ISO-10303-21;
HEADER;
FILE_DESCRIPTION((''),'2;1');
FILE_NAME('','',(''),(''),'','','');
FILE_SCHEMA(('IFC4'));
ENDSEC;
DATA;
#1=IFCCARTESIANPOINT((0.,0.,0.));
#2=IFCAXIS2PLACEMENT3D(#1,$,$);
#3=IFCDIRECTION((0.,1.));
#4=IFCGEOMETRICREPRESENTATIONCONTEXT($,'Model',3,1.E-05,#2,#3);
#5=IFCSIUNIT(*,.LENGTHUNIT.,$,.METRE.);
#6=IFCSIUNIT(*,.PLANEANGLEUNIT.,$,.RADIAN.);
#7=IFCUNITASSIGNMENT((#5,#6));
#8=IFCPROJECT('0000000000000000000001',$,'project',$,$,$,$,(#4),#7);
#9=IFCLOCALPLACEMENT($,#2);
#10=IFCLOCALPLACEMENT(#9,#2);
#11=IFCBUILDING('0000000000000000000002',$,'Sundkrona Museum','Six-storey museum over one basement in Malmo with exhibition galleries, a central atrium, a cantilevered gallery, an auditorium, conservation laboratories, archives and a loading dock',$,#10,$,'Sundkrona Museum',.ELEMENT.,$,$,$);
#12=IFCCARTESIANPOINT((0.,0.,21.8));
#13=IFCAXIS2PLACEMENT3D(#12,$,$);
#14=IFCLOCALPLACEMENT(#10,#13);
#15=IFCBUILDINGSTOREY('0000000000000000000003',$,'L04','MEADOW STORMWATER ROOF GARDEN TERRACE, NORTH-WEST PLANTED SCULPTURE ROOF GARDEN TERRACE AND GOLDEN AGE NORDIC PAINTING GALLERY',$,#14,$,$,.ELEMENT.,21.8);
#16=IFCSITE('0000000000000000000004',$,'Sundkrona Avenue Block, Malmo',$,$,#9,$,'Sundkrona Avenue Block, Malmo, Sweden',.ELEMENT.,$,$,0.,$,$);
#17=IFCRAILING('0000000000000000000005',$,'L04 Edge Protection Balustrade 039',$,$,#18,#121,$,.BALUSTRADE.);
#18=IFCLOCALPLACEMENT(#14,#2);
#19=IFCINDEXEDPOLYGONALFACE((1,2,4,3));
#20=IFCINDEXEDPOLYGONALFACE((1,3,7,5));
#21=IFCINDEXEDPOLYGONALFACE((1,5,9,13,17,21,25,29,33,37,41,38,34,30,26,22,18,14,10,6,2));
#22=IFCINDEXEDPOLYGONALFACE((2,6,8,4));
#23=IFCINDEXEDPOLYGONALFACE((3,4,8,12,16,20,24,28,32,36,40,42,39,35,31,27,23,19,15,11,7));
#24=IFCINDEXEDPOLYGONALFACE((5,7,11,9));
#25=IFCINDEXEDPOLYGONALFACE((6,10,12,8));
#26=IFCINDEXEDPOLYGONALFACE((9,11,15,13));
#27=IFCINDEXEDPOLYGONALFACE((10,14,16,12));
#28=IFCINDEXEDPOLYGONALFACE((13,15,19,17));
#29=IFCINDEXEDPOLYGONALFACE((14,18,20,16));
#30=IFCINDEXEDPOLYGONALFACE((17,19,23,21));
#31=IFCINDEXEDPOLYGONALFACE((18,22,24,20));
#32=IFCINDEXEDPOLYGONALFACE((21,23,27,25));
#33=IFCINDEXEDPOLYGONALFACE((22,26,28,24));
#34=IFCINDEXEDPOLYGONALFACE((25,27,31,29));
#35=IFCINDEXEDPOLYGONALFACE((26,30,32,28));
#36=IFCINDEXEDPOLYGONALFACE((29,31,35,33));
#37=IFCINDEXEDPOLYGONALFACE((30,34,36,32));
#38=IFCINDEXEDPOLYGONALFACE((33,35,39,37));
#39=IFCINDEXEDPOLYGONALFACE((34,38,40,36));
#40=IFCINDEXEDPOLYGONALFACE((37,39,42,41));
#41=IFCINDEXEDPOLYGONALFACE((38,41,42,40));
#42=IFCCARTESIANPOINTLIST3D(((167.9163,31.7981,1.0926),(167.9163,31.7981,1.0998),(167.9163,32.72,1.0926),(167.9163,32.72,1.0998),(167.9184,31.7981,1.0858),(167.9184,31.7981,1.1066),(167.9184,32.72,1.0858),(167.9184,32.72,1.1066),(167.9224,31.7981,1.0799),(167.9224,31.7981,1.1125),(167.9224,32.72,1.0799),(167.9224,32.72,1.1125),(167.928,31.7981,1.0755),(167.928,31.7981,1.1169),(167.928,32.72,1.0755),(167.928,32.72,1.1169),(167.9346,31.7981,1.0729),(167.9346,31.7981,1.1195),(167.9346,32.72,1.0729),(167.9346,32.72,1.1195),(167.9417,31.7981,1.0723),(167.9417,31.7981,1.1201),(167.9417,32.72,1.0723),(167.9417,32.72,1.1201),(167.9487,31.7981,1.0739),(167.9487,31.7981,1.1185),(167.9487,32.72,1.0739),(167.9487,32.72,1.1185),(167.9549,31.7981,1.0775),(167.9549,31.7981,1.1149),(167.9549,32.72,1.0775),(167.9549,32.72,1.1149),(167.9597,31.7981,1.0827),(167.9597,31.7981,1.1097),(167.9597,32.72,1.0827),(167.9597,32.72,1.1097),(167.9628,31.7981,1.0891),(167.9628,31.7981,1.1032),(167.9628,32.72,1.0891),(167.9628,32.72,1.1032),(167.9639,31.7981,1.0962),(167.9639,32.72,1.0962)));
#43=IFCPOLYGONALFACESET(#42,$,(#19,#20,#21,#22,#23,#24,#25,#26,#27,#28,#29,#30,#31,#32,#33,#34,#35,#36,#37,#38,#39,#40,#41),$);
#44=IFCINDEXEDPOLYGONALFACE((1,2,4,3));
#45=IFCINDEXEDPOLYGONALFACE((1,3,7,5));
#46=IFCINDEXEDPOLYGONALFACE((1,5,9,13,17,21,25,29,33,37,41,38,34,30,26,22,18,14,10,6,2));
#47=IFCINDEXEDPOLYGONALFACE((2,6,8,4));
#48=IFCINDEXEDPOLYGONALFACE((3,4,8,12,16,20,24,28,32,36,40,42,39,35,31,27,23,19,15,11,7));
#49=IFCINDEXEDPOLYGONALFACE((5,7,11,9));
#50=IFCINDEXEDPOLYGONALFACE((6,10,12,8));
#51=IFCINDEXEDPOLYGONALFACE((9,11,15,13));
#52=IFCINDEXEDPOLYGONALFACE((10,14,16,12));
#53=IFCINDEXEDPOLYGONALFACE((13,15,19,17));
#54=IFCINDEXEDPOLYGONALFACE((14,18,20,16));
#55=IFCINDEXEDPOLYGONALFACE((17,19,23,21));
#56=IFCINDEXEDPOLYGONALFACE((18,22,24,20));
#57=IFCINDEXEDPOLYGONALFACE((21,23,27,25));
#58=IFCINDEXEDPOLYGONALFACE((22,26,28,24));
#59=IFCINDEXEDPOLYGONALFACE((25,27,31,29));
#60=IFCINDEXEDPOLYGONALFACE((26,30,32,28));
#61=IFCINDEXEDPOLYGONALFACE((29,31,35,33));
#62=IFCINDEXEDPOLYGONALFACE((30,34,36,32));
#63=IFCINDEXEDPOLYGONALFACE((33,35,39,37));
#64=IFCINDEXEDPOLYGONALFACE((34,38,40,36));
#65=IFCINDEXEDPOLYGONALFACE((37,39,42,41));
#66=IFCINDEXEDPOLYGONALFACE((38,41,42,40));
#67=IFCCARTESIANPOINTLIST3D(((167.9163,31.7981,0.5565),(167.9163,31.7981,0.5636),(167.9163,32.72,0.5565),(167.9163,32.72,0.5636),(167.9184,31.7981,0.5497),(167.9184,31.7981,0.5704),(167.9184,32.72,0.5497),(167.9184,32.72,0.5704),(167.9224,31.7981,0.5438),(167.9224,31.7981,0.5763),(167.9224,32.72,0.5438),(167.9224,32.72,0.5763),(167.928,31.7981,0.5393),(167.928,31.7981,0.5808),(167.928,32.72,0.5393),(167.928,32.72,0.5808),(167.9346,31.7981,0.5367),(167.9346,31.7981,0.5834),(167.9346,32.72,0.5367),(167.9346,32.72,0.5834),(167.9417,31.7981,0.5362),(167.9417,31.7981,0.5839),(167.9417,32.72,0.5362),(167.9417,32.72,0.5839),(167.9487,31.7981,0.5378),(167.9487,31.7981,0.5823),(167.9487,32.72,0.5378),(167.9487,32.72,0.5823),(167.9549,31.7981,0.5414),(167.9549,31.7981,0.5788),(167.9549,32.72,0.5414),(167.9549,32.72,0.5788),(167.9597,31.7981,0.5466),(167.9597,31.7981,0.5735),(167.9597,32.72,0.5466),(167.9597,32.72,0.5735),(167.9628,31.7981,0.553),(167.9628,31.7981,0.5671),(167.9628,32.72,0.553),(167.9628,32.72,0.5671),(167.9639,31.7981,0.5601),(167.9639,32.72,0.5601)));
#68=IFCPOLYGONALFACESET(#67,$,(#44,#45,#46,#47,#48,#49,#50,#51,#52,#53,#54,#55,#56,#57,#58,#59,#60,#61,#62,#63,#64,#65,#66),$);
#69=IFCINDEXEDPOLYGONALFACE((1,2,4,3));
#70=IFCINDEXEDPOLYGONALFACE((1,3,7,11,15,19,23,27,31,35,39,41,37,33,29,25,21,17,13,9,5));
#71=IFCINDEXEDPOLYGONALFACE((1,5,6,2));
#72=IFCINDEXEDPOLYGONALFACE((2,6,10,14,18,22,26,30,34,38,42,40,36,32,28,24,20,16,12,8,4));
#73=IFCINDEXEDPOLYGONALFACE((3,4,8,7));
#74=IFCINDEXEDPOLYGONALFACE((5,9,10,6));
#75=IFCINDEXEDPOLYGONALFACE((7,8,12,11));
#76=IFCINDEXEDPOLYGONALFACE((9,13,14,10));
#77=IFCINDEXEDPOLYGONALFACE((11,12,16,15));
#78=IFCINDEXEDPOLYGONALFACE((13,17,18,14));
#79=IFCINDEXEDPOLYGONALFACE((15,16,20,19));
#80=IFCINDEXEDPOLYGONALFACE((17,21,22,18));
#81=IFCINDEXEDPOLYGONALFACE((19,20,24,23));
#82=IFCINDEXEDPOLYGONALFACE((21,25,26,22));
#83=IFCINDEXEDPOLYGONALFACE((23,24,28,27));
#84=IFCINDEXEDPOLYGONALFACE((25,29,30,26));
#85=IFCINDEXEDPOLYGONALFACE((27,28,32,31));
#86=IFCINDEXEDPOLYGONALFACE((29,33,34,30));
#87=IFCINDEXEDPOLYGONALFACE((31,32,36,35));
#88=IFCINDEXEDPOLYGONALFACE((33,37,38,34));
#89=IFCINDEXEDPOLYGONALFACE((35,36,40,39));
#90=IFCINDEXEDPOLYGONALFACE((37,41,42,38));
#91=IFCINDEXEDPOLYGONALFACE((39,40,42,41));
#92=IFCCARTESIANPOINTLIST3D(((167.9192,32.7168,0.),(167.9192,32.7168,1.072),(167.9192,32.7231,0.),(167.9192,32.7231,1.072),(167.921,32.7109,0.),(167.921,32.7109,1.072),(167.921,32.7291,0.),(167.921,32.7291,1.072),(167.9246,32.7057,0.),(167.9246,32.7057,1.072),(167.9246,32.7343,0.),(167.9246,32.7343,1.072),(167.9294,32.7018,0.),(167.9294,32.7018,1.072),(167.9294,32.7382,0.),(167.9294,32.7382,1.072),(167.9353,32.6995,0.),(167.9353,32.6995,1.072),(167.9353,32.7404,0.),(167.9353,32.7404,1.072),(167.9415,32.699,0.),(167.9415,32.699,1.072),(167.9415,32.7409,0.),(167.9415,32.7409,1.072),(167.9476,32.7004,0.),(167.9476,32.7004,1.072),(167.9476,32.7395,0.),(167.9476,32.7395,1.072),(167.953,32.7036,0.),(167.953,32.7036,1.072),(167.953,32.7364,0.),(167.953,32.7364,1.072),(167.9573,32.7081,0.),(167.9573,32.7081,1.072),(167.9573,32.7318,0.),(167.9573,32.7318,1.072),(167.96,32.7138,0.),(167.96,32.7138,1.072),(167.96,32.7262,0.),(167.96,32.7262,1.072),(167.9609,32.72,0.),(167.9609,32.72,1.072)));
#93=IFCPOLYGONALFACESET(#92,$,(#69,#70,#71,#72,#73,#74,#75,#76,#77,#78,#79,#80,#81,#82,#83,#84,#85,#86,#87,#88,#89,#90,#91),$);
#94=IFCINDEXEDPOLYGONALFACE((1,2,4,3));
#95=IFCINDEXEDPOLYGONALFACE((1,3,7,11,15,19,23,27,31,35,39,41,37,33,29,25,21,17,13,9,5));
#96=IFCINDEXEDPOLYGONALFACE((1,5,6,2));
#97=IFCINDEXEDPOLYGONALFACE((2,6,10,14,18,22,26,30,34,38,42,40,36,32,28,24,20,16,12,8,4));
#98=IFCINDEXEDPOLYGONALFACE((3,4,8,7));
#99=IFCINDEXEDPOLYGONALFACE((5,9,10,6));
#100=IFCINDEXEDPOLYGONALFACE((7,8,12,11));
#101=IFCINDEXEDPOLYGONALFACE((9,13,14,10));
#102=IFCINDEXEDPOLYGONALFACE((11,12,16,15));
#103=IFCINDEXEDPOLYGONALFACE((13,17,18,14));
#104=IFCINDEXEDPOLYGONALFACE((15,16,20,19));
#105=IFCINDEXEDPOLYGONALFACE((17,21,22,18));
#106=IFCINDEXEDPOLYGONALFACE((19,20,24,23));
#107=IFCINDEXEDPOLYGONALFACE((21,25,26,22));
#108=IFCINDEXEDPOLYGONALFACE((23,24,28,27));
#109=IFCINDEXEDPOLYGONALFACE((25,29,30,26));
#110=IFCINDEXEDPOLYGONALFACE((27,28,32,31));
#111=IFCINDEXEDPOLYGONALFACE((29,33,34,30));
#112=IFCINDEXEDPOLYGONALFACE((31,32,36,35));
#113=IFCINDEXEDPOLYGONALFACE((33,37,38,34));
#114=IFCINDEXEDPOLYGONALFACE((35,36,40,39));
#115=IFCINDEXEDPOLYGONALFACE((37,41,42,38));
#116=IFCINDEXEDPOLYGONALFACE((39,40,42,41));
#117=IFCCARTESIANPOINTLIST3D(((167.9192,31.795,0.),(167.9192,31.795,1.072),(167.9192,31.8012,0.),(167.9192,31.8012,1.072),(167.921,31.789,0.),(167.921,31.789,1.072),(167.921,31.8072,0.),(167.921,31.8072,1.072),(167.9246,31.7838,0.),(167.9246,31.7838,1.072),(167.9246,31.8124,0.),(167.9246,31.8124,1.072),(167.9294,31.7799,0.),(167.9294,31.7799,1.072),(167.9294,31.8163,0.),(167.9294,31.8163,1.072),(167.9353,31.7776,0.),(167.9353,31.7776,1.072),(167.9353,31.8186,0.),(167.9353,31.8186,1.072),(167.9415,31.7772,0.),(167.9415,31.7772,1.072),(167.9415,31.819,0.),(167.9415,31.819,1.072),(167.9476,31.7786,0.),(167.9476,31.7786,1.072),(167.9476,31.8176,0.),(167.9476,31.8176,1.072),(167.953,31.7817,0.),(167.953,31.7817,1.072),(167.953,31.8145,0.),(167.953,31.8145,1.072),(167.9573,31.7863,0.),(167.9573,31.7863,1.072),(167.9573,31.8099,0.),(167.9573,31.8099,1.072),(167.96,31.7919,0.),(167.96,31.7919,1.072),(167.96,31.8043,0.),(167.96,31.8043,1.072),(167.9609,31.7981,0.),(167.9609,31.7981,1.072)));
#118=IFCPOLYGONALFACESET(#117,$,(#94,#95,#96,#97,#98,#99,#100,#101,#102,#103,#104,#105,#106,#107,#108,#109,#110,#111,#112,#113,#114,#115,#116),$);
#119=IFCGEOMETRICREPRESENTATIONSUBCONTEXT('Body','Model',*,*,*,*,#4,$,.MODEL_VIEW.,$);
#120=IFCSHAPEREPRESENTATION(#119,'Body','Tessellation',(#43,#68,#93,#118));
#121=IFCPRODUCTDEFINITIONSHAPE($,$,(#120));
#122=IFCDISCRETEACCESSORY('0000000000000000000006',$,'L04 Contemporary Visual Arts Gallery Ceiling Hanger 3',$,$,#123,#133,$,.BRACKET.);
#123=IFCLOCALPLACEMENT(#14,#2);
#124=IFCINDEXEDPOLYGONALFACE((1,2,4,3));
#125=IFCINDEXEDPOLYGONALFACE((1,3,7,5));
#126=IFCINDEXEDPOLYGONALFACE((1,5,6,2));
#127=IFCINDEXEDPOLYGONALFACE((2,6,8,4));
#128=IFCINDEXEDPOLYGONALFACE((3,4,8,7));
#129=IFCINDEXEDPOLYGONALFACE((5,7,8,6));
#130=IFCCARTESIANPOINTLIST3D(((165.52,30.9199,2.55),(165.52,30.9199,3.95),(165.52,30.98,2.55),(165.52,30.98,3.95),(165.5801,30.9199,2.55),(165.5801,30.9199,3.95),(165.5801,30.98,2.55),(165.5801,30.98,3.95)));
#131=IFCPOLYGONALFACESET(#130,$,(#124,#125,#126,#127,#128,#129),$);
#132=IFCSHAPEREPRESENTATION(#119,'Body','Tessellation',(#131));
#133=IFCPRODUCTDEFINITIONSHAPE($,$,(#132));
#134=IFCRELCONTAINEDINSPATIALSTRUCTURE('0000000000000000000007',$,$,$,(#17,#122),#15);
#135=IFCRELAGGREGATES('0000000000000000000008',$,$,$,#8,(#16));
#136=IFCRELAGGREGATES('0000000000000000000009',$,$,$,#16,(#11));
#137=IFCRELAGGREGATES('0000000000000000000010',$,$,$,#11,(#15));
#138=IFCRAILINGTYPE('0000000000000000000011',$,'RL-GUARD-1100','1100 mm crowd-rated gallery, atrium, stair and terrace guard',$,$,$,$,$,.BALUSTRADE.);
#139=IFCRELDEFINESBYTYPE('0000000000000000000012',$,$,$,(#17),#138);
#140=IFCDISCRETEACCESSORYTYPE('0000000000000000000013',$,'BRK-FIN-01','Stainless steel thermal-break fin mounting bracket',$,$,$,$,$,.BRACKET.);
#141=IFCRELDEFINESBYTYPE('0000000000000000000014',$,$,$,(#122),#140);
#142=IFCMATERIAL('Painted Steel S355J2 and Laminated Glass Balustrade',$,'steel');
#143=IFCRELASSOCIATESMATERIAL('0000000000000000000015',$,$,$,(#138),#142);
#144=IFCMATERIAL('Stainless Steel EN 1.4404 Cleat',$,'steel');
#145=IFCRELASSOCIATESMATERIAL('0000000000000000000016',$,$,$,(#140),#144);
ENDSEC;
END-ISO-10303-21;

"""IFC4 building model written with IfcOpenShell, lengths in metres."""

from ifc_helpers import new_model, si_unit, direction, frame, origin, origin_2d, place, context, subcontext, project, spatial, rectangle, circle, extrude, material, type_object, element, save


model = new_model("IFC4")

# Units and contexts
model_context = context("Model", 3, precision=1e-05, world=origin(), true_north=direction((0.0, 1.0)))
body_context = subcontext(model_context, "Body", "Model", "MODEL_VIEW")
ifc_project = project(units=[si_unit("LENGTHUNIT", "METRE"), si_unit("PLANEANGLEUNIT", "RADIAN")], contexts=[model_context])

# Site, building, storey
site_placement = place(None, origin())
site = spatial("IfcSite", under=ifc_project, at=site_placement, Name="Sundkrona Avenue Block, Malmo", LongName="Sundkrona Avenue Block, Malmo, Sweden", CompositionType="ELEMENT", RefElevation=0.0)
building_placement = place(site_placement, origin())
building = spatial("IfcBuilding", under=site, at=building_placement, Name="Sundkrona Museum", Description="Six-storey museum over one basement in Malmo with exhibition galleries, a central atrium, a cantilevered gallery, an auditorium, conservation laboratories, archives and a loading dock", LongName="Sundkrona Museum", CompositionType="ELEMENT")
storey_placement = place(building_placement, frame((0.0, 0.0, 21.8)))
storey = spatial("IfcBuildingStorey", under=building, at=storey_placement, Name="L04", Description="MEADOW STORMWATER ROOF GARDEN TERRACE, NORTH-WEST PLANTED SCULPTURE ROOF GARDEN TERRACE AND GOLDEN AGE NORDIC PAINTING GALLERY", CompositionType="ELEMENT", Elevation=21.8)

# Railing
ifc_material_1 = material(Name="Painted Steel S355J2 and Laminated Glass Balustrade", Category="steel")
railing_type = type_object("IfcRailingType", Name="RL-GUARD-1100", Description="1100 mm crowd-rated gallery, atrium, stair and terrace guard", PredefinedType="BALUSTRADE", material=ifc_material_1)
railing_1_placement = place(storey_placement, frame((167.9399, 32.72, 0.0)))
element("IfcRailing", 1, at=railing_1_placement, inside=storey, type_object=railing_type, Name="L04 Edge Protection Balustrade 039", PredefinedType="BALUSTRADE", context=body_context, shape_type="SweptSolid", body=[
    extrude(circle(Radius=0.0239, at=origin_2d()), frame((0.0, 0.0, 1.0962), z_axis=(0.0, -1.0, 0.0), x_axis=(1.0, 0.0, 0.0)), (0.0, 0.0, 1.0), 0.9219),
    extrude(circle(Radius=0.0239, at=origin_2d()), frame((0.0, 0.0, 0.5601), z_axis=(0.0, -1.0, 0.0), x_axis=(1.0, 0.0, 0.0)), (0.0, 0.0, 1.0), 0.9219),
    extrude(circle(Radius=0.021, at=origin_2d()), origin(), (0.0, 0.0, 1.0), 1.072),
    extrude(circle(Radius=0.021, at=origin_2d()), frame((0.0, -0.9219, 0.0)), (0.0, 0.0, 1.0), 1.072),
])

# Discrete accessory
ifc_material_2 = material(Name="Stainless Steel EN 1.4404 Cleat", Category="steel")
discrete_accessory_type = type_object("IfcDiscreteAccessoryType", Name="BRK-FIN-01", Description="Stainless steel thermal-break fin mounting bracket", PredefinedType="BRACKET", material=ifc_material_2)
discrete_accessory_placement = place(storey_placement, frame((165.55, 30.95, 2.55), z_axis=(0.0, 0.0, 1.0), x_axis=(1.0, 0.0, 0.0)))
element("IfcDiscreteAccessory", 2, at=discrete_accessory_placement, inside=storey, type_object=discrete_accessory_type, Name="L04 Contemporary Visual Arts Gallery Ceiling Hanger 3", PredefinedType="BRACKET", context=body_context, shape_type="SweptSolid", body=[
    extrude(rectangle(XDim=0.0601, YDim=0.0601, at=origin_2d()), origin(), (0.0, 0.0, 1.0), 1.3999),
])

save(model, "model.ifc")
